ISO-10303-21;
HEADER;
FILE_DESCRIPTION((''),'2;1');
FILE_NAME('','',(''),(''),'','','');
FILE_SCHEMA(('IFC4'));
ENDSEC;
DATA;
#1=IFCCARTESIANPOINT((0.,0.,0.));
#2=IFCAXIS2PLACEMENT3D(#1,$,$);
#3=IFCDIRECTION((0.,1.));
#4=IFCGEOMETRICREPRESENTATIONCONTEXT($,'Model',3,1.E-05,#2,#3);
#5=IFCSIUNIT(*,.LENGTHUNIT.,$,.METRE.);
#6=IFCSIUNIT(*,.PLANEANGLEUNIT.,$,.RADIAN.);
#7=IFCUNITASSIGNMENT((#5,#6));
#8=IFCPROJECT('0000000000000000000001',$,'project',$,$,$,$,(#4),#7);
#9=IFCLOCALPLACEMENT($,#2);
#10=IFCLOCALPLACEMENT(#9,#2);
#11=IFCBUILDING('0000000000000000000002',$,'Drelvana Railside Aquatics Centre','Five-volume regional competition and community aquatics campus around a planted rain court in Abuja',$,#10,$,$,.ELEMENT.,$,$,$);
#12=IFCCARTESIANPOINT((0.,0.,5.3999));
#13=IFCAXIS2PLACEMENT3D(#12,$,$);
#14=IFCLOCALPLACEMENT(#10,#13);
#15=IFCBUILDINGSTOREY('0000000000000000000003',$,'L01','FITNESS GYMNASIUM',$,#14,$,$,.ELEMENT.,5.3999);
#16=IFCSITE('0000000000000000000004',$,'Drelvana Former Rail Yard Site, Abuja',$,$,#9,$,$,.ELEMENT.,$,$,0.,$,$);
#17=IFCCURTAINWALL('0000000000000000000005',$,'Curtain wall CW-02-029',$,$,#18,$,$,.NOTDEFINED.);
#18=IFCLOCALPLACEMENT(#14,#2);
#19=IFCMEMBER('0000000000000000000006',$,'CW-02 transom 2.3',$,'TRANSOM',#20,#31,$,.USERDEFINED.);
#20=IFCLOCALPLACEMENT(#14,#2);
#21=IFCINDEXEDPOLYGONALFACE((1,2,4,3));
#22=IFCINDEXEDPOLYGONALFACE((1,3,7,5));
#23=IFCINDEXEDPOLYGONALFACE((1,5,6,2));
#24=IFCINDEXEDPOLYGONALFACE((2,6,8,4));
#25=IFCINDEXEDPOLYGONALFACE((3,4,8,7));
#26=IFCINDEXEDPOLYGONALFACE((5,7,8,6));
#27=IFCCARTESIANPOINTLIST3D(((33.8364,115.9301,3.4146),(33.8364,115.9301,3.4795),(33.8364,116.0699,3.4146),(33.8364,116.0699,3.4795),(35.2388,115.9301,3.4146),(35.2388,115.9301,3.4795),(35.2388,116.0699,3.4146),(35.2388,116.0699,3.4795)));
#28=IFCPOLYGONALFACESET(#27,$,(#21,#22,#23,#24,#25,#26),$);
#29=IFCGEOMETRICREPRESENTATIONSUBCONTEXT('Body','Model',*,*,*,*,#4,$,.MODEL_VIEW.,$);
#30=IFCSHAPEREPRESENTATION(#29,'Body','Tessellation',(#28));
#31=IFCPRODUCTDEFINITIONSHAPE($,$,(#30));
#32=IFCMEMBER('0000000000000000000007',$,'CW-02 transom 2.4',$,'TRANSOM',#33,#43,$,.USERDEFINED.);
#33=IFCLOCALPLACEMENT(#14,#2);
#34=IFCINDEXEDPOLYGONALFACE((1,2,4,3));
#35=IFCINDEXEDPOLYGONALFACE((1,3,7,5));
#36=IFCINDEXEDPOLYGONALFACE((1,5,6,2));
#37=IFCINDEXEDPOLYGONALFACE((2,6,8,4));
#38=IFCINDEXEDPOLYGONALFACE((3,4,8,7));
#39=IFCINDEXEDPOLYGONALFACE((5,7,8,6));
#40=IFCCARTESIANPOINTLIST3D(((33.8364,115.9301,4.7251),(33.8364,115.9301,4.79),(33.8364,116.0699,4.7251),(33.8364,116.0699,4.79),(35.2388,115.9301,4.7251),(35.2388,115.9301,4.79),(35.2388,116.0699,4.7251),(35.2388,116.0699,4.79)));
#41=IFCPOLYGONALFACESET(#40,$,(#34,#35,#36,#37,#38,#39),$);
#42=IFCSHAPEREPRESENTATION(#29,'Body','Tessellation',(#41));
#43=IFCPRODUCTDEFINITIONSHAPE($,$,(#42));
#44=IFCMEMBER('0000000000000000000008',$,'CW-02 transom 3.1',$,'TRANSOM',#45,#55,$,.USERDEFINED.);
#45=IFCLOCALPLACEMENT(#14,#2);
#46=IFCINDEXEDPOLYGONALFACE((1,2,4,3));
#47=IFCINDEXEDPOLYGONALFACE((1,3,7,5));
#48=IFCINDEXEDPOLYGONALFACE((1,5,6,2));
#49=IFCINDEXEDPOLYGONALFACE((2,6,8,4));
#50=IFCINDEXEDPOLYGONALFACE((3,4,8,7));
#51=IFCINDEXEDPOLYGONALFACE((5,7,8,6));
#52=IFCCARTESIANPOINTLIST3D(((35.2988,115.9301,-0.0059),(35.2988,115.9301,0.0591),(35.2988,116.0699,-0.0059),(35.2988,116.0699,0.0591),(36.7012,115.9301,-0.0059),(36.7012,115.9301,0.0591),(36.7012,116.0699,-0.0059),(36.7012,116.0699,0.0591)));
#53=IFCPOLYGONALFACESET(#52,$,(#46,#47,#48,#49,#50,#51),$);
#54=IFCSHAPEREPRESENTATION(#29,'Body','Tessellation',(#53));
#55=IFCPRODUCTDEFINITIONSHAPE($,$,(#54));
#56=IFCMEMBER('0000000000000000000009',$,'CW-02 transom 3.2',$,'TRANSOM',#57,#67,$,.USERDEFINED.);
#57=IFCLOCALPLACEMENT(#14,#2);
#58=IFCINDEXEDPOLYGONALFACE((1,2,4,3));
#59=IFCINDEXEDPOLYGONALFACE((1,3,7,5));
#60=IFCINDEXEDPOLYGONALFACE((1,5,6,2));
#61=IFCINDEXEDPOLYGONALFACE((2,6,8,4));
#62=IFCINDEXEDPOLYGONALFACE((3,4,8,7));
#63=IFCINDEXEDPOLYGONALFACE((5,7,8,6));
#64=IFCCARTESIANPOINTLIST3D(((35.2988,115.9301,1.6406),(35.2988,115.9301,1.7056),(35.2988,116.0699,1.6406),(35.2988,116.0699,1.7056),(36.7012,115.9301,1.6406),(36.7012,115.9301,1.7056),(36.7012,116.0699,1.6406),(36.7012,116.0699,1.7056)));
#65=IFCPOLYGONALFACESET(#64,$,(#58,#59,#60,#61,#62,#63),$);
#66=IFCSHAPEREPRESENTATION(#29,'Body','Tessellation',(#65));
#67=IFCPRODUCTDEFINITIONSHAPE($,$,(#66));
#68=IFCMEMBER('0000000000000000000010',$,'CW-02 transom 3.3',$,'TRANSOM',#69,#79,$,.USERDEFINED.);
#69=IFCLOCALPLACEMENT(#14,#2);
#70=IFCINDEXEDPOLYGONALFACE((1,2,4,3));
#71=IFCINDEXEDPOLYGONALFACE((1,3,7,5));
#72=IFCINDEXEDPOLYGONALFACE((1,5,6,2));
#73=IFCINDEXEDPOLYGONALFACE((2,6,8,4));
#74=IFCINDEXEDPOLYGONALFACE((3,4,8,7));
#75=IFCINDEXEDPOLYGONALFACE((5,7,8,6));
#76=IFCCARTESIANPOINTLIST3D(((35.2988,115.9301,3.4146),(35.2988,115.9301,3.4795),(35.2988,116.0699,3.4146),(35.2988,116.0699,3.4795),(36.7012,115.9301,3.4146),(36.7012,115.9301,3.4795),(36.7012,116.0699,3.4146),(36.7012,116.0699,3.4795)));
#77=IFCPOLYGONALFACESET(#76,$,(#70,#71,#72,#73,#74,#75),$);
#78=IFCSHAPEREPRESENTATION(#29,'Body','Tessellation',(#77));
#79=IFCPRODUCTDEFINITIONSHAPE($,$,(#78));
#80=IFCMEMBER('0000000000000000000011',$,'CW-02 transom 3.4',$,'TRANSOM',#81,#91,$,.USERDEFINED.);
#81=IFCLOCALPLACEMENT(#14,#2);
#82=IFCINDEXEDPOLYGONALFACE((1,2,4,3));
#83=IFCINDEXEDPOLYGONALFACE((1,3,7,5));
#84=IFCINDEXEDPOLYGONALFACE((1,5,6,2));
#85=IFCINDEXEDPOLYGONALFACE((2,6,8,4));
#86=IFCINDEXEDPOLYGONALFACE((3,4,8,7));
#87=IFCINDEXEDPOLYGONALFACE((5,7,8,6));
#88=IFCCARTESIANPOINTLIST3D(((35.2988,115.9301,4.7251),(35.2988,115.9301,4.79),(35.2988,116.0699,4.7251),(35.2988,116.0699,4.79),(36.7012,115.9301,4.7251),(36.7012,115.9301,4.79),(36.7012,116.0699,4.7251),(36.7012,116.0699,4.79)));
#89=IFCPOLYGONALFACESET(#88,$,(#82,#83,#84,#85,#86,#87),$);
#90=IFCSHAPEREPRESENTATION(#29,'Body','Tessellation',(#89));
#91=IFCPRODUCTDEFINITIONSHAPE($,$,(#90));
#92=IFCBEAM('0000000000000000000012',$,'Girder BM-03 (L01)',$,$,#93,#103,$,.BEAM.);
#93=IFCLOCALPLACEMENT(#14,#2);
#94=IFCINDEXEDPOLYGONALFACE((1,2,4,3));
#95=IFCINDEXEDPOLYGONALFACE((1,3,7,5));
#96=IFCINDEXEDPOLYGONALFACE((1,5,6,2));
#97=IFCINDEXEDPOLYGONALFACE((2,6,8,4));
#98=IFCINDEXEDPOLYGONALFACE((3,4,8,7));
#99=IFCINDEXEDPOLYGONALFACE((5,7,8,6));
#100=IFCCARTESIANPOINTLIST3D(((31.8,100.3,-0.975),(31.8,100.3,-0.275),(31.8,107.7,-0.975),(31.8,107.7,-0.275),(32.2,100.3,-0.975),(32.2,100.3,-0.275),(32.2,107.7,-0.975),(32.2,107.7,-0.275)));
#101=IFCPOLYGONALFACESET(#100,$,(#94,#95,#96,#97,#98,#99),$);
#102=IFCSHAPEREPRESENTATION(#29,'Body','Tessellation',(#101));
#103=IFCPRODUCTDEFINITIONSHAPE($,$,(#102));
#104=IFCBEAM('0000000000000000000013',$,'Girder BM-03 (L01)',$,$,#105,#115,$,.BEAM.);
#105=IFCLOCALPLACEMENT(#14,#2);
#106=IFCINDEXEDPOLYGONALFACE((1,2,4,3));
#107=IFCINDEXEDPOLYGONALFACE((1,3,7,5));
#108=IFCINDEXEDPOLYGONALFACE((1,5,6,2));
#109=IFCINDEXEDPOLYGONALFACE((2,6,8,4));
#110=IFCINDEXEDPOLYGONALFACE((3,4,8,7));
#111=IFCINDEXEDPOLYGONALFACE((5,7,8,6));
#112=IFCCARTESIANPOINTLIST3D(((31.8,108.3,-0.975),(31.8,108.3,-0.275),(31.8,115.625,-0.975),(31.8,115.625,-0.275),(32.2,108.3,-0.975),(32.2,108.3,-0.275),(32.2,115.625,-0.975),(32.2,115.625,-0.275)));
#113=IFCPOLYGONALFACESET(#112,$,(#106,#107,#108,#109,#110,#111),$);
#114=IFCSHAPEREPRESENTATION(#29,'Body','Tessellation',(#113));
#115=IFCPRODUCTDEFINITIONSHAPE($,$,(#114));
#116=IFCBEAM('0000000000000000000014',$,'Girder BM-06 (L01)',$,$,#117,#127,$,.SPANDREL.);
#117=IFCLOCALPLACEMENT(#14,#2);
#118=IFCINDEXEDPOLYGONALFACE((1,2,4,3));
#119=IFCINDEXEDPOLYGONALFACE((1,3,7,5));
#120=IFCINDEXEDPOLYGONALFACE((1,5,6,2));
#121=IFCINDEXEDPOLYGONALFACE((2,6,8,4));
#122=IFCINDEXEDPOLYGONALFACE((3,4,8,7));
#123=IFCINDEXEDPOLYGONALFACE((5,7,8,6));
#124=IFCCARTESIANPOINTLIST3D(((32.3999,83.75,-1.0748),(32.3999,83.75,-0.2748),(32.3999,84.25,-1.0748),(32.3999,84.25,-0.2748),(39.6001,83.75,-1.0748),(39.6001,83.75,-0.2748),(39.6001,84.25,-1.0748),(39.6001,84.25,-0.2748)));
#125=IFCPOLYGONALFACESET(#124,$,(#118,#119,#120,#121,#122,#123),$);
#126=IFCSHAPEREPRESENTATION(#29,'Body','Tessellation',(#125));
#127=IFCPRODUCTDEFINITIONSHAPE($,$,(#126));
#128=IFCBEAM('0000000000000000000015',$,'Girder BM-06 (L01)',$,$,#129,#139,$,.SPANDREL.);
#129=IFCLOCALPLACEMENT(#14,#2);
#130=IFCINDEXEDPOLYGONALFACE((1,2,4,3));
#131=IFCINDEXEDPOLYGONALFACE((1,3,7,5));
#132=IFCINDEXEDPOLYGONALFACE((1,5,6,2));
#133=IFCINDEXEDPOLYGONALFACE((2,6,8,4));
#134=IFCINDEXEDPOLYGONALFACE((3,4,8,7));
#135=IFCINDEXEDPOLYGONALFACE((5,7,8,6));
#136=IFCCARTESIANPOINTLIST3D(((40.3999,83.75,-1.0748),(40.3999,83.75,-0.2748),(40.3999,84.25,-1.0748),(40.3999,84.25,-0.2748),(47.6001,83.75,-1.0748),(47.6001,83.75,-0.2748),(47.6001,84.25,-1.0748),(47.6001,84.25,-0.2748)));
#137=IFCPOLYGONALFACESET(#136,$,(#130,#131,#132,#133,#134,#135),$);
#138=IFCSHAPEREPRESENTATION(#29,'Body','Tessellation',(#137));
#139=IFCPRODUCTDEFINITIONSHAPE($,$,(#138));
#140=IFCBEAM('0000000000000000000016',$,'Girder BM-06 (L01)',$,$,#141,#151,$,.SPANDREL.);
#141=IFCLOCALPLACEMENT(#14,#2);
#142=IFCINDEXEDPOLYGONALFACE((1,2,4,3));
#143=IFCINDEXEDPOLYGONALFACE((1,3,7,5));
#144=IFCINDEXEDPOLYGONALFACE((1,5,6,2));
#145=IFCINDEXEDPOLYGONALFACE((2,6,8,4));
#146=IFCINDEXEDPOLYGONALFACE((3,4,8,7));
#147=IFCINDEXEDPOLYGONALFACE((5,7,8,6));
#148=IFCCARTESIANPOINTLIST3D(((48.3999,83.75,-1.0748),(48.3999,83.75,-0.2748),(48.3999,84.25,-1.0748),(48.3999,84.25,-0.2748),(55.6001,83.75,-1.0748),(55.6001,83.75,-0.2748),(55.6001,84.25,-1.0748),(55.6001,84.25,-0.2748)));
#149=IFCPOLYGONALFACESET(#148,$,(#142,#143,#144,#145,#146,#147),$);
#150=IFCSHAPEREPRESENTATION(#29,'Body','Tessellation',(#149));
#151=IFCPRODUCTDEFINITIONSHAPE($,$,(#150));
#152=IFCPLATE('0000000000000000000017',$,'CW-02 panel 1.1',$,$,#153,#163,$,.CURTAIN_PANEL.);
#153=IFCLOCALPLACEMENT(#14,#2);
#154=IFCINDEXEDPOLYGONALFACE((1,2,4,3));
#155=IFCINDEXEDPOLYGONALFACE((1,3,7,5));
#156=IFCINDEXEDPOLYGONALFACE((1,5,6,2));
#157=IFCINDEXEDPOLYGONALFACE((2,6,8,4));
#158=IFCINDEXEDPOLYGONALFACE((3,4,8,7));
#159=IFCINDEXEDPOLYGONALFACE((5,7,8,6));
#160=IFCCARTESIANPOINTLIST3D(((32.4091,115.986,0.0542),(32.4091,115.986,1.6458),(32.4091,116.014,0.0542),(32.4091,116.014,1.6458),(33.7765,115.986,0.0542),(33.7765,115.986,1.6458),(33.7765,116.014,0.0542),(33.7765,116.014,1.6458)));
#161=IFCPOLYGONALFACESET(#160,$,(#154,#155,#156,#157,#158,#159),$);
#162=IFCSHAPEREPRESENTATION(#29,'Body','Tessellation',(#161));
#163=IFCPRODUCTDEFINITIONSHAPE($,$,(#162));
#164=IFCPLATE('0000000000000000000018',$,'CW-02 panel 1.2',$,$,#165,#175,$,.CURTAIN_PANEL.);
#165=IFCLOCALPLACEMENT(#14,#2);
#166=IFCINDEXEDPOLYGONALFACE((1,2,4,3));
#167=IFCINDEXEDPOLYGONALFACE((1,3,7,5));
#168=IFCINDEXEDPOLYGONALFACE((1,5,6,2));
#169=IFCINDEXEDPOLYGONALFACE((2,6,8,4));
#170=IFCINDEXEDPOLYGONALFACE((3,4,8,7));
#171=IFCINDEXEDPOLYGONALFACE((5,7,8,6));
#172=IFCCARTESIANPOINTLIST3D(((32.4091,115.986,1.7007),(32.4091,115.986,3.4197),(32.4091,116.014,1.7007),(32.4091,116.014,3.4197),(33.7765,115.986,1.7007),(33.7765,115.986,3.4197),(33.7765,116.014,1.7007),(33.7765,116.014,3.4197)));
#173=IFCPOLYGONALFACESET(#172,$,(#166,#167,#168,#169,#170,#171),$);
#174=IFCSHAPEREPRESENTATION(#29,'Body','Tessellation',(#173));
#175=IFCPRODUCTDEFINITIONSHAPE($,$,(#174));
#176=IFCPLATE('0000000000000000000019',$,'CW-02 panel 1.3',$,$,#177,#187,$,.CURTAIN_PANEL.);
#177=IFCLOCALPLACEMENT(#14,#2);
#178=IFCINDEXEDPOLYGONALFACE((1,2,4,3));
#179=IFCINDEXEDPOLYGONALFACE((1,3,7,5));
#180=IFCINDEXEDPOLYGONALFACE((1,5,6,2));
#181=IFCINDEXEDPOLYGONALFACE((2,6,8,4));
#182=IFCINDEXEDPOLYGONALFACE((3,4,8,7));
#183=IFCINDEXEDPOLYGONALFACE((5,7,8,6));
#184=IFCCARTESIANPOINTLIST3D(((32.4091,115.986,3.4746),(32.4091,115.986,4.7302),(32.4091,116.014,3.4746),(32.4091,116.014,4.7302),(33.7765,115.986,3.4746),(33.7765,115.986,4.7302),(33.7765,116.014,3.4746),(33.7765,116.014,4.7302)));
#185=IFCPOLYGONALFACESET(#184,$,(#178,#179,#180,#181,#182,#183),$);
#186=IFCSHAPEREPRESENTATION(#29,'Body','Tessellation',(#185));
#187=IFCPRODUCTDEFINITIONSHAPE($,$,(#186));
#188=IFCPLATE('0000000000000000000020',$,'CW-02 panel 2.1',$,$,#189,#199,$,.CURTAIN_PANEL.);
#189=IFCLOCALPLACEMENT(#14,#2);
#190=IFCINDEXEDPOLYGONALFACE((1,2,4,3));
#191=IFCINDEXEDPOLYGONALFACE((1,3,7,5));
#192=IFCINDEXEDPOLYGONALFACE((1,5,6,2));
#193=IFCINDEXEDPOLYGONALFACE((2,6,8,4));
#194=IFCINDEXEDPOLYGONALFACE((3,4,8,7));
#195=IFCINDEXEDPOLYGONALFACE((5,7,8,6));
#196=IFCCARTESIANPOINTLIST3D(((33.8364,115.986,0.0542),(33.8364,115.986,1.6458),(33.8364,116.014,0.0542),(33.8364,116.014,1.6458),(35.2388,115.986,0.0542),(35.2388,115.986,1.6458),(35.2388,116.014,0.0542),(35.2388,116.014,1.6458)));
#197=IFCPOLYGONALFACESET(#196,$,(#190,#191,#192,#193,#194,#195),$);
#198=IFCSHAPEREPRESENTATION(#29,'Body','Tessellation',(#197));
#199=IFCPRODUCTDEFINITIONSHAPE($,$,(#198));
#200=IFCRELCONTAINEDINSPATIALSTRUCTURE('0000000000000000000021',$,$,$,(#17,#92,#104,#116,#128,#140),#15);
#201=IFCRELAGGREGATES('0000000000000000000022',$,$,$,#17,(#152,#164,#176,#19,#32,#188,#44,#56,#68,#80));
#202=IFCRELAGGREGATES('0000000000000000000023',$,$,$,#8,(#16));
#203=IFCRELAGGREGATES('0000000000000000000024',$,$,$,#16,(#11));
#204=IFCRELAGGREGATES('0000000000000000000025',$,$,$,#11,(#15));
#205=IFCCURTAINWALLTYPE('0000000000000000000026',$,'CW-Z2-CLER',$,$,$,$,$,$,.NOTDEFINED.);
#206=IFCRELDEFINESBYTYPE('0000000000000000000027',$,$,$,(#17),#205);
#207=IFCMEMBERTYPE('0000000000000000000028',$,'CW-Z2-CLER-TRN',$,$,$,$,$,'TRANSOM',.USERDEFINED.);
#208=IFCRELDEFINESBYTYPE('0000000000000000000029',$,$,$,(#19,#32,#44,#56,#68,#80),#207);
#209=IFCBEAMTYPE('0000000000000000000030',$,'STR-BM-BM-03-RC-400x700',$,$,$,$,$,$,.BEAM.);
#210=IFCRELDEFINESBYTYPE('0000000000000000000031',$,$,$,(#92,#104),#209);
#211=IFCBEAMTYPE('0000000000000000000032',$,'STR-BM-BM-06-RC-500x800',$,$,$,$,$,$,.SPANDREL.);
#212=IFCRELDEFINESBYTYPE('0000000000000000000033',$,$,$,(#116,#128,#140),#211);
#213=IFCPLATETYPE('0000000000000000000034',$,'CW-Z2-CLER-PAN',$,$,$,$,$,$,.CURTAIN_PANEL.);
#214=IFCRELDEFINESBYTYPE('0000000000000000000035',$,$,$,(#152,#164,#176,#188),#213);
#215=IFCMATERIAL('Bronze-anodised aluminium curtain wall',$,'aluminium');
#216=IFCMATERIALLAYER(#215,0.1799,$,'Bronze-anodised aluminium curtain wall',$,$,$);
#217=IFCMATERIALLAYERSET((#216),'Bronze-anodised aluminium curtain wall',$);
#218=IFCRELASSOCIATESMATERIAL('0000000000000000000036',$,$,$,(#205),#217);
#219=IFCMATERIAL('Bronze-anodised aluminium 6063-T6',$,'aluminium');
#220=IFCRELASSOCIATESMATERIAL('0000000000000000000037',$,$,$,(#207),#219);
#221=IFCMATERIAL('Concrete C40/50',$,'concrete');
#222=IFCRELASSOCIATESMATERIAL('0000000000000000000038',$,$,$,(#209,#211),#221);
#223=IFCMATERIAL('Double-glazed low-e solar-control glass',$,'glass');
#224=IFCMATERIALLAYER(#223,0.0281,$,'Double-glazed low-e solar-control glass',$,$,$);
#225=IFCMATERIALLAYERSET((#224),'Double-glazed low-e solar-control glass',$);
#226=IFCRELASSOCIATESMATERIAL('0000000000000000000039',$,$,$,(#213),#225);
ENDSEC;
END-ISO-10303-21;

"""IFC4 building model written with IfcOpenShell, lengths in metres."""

from ifc_helpers import new_model, si_unit, direction, frame, origin, origin_2d, place, context, subcontext, project, spatial, rectangle, extrude, material, layer, layer_set, material_profile, profile_set, type_object, element, aggregate, save


model = new_model("IFC4")

# Units and contexts
model_context = context("Model", 3, precision=1e-05, world=origin(), true_north=direction((0.0, 1.0)))
body_context = subcontext(model_context, "Body", "Model", "MODEL_VIEW")
ifc_project = project(units=[si_unit("LENGTHUNIT", "METRE"), si_unit("PLANEANGLEUNIT", "RADIAN")], contexts=[model_context])

# Site, building, storey
site_placement = place(None, origin())
site = spatial("IfcSite", under=ifc_project, at=site_placement, Name="Drelvana Former Rail Yard Site, Abuja", CompositionType="ELEMENT", RefElevation=0.0)
building_placement = place(site_placement, origin())
building = spatial("IfcBuilding", under=site, at=building_placement, Name="Drelvana Railside Aquatics Centre", Description="Five-volume regional competition and community aquatics campus around a planted rain court in Abuja", CompositionType="ELEMENT")
storey_placement = place(building_placement, frame((0.0, 0.0, 5.3999)))
storey = spatial("IfcBuildingStorey", under=building, at=storey_placement, Name="L01", Description="FITNESS GYMNASIUM", CompositionType="ELEMENT", Elevation=5.3999)

# Shared definitions
ifc_material_1 = material(Name="Concrete C40/50", Category="concrete")

# Curtain wall, members
ifc_material_2 = material(Name="Bronze-anodised aluminium curtain wall", Category="aluminium")
ifc_layer_1 = layer(ifc_material_2, 0.1799, Name="Bronze-anodised aluminium curtain wall")
ifc_layer_set_1 = layer_set([ifc_layer_1], Name="Bronze-anodised aluminium curtain wall")
curtain_wall_type = type_object("IfcCurtainWallType", Name="CW-Z2-CLER", PredefinedType="NOTDEFINED", material=ifc_layer_set_1)
curtain_wall_placement = place(storey_placement, origin())
curtain_wall = element("IfcCurtainWall", 1, at=curtain_wall_placement, inside=storey, type_object=curtain_wall_type, Name="Curtain wall CW-02-029", PredefinedType="NOTDEFINED")
ifc_material_3 = material(Name="Bronze-anodised aluminium 6063-T6", Category="aluminium")
ifc_material_profile_1 = material_profile(ifc_material_3, rectangle(XDim=0.1399, YDim=0.0649, at=origin_2d()), Name="ALU-T 65x140")
ifc_profile_set_1 = profile_set([ifc_material_profile_1], Name="Bronze-anodised aluminium 6063-T6")
member_type_1 = type_object("IfcMemberType", Name="CW-Z2-CLER-TRN", ElementType="TRANSOM", PredefinedType="USERDEFINED", material=ifc_profile_set_1)
member_1_placement = place(storey_placement, frame((33.8364, 116.0, 3.447), z_axis=(1.0, 0.0, 0.0), x_axis=(0.0, 1.0, 0.0)))
member_1 = element("IfcMember", 2, at=member_1_placement, type_object=member_type_1, Name="CW-02 transom 2.3", ObjectType="TRANSOM", PredefinedType="USERDEFINED", context=body_context, shape_type="SweptSolid", body=[
    extrude(rectangle(XDim=0.1399, YDim=0.0649, at=origin_2d()), origin(), (0.0, 0.0, 1.0), 1.4023),
])
member_2_placement = place(storey_placement, frame((33.8364, 116.0, 4.7576), z_axis=(1.0, 0.0, 0.0), x_axis=(0.0, 1.0, 0.0)))
member_2 = element("IfcMember", 3, at=member_2_placement, type_object=member_type_1, Name="CW-02 transom 2.4", ObjectType="TRANSOM", PredefinedType="USERDEFINED", context=body_context, shape_type="SweptSolid", body=[
    extrude(rectangle(XDim=0.1399, YDim=0.0649, at=origin_2d()), origin(), (0.0, 0.0, 1.0), 1.4023),
])
member_3_placement = place(storey_placement, frame((35.2988, 116.0, 0.0266), z_axis=(1.0, 0.0, 0.0), x_axis=(0.0, 1.0, 0.0)))
member_3 = element("IfcMember", 4, at=member_3_placement, type_object=member_type_1, Name="CW-02 transom 3.1", ObjectType="TRANSOM", PredefinedType="USERDEFINED", context=body_context, shape_type="SweptSolid", body=[
    extrude(rectangle(XDim=0.1399, YDim=0.0649, at=origin_2d()), origin(), (0.0, 0.0, 1.0), 1.4023),
])
member_4_placement = place(storey_placement, frame((35.2988, 116.0, 1.6731), z_axis=(1.0, 0.0, 0.0), x_axis=(0.0, 1.0, 0.0)))
member_4 = element("IfcMember", 5, at=member_4_placement, type_object=member_type_1, Name="CW-02 transom 3.2", ObjectType="TRANSOM", PredefinedType="USERDEFINED", context=body_context, shape_type="SweptSolid", body=[
    extrude(rectangle(XDim=0.1399, YDim=0.0649, at=origin_2d()), origin(), (0.0, 0.0, 1.0), 1.4023),
])
member_5_placement = place(storey_placement, frame((35.2988, 116.0, 3.447), z_axis=(1.0, 0.0, 0.0), x_axis=(0.0, 1.0, 0.0)))
member_5 = element("IfcMember", 6, at=member_5_placement, type_object=member_type_1, Name="CW-02 transom 3.3", ObjectType="TRANSOM", PredefinedType="USERDEFINED", context=body_context, shape_type="SweptSolid", body=[
    extrude(rectangle(XDim=0.1399, YDim=0.0649, at=origin_2d()), origin(), (0.0, 0.0, 1.0), 1.4023),
])
member_6_placement = place(storey_placement, frame((35.2988, 116.0, 4.7576), z_axis=(1.0, 0.0, 0.0), x_axis=(0.0, 1.0, 0.0)))
member_6 = element("IfcMember", 7, at=member_6_placement, type_object=member_type_1, Name="CW-02 transom 3.4", ObjectType="TRANSOM", PredefinedType="USERDEFINED", context=body_context, shape_type="SweptSolid", body=[
    extrude(rectangle(XDim=0.1399, YDim=0.0649, at=origin_2d()), origin(), (0.0, 0.0, 1.0), 1.4023),
])

# Beams
ifc_material_profile_2 = material_profile(ifc_material_1, rectangle(XDim=0.3999, YDim=0.7, at=origin_2d()), Name="RC 400x700")
ifc_profile_set_2 = profile_set([ifc_material_profile_2], Name="Concrete C40/50")
beam_type_1 = type_object("IfcBeamType", Name="STR-BM-BM-03-RC-400x700", PredefinedType="BEAM", material=ifc_profile_set_2)
beam_1_placement = place(storey_placement, frame((32.0, 100.3, -0.625), z_axis=(0.0, 1.0, 0.0), x_axis=(-1.0, 0.0, 0.0)))
element("IfcBeam", 8, at=beam_1_placement, inside=storey, type_object=beam_type_1, Name="Girder BM-03 (L01)", PredefinedType="BEAM", context=body_context, shape_type="SweptSolid", body=[
    extrude(rectangle(XDim=0.3999, YDim=0.7, at=origin_2d()), origin(), (0.0, 0.0, 1.0), 7.3999),
])
beam_2_placement = place(storey_placement, frame((32.0, 108.3, -0.625), z_axis=(0.0, 1.0, 0.0), x_axis=(-1.0, 0.0, 0.0)))
element("IfcBeam", 9, at=beam_2_placement, inside=storey, type_object=beam_type_1, Name="Girder BM-03 (L01)", PredefinedType="BEAM", context=body_context, shape_type="SweptSolid", body=[
    extrude(rectangle(XDim=0.3999, YDim=0.7, at=origin_2d()), origin(), (0.0, 0.0, 1.0), 7.325),
])
ifc_material_profile_3 = material_profile(ifc_material_1, rectangle(XDim=0.5, YDim=0.8, at=origin_2d()), Name="RC 500x800")
ifc_profile_set_3 = profile_set([ifc_material_profile_3], Name="Concrete C40/50")
beam_type_2 = type_object("IfcBeamType", Name="STR-BM-BM-06-RC-500x800", PredefinedType="SPANDREL", material=ifc_profile_set_3)
for number, where, z_axis, x_axis, name in (
    (10, (32.3999, 84.0, -0.6748), (1.0, 0.0, 0.0), (0.0, 1.0, 0.0), "Girder BM-06 (L01)"),
    (11, (40.3999, 84.0, -0.6748), (1.0, 0.0, 0.0), (0.0, 1.0, 0.0), "Girder BM-06 (L01)"),
    (12, (48.3999, 84.0, -0.6748), (1.0, 0.0, 0.0), (0.0, 1.0, 0.0), "Girder BM-06 (L01)"),
):
    element("IfcBeam", number, at=place(storey_placement, frame(where, z_axis=z_axis, x_axis=x_axis)), inside=storey, type_object=beam_type_2, Name=name, PredefinedType="SPANDREL", context=body_context, shape_type="SweptSolid", body=[
        extrude(rectangle(XDim=0.5, YDim=0.8, at=origin_2d()), origin(), (0.0, 0.0, 1.0), 7.2002),
    ])

# Plates
ifc_material_4 = material(Name="Double-glazed low-e solar-control glass", Category="glass")
ifc_layer_2 = layer(ifc_material_4, 0.0281, Name="Double-glazed low-e solar-control glass")
ifc_layer_set_2 = layer_set([ifc_layer_2], Name="Double-glazed low-e solar-control glass")
plate_type = type_object("IfcPlateType", Name="CW-Z2-CLER-PAN", PredefinedType="CURTAIN_PANEL", material=ifc_layer_set_2)
plate_1_placement = place(storey_placement, frame((33.0928, 116.0, 0.0542), z_axis=(0.0, 0.0, 1.0), x_axis=(1.0, 0.0, 0.0)))
plate_1 = element("IfcPlate", 13, at=plate_1_placement, type_object=plate_type, Name="CW-02 panel 1.1", PredefinedType="CURTAIN_PANEL", context=body_context, shape_type="SweptSolid", body=[
    extrude(rectangle(XDim=1.3674, YDim=0.0281, at=origin_2d()), origin(), (0.0, 0.0, 1.0), 1.5916),
])
plate_2_placement = place(storey_placement, frame((33.0928, 116.0, 1.7007), z_axis=(0.0, 0.0, 1.0), x_axis=(1.0, 0.0, 0.0)))
plate_2 = element("IfcPlate", 14, at=plate_2_placement, type_object=plate_type, Name="CW-02 panel 1.2", PredefinedType="CURTAIN_PANEL", context=body_context, shape_type="SweptSolid", body=[
    extrude(rectangle(XDim=1.3674, YDim=0.0281, at=origin_2d()), origin(), (0.0, 0.0, 1.0), 1.719),
])
plate_3_placement = place(storey_placement, frame((33.0928, 116.0, 3.4746), z_axis=(0.0, 0.0, 1.0), x_axis=(1.0, 0.0, 0.0)))
plate_3 = element("IfcPlate", 15, at=plate_3_placement, type_object=plate_type, Name="CW-02 panel 1.3", PredefinedType="CURTAIN_PANEL", context=body_context, shape_type="SweptSolid", body=[
    extrude(rectangle(XDim=1.3674, YDim=0.0281, at=origin_2d()), origin(), (0.0, 0.0, 1.0), 1.2556),
])
plate_4_placement = place(storey_placement, frame((34.5376, 116.0, 0.0542), z_axis=(0.0, 0.0, 1.0), x_axis=(1.0, 0.0, 0.0)))
plate_4 = element("IfcPlate", 16, at=plate_4_placement, type_object=plate_type, Name="CW-02 panel 2.1", PredefinedType="CURTAIN_PANEL", context=body_context, shape_type="SweptSolid", body=[
    extrude(rectangle(XDim=1.4023, YDim=0.0281, at=origin_2d()), origin(), (0.0, 0.0, 1.0), 1.5916),
])
aggregate(curtain_wall, [plate_1, plate_2, plate_3, member_1, member_2, plate_4, member_3, member_4, member_5, member_6])

save(model, "model.ifc")
